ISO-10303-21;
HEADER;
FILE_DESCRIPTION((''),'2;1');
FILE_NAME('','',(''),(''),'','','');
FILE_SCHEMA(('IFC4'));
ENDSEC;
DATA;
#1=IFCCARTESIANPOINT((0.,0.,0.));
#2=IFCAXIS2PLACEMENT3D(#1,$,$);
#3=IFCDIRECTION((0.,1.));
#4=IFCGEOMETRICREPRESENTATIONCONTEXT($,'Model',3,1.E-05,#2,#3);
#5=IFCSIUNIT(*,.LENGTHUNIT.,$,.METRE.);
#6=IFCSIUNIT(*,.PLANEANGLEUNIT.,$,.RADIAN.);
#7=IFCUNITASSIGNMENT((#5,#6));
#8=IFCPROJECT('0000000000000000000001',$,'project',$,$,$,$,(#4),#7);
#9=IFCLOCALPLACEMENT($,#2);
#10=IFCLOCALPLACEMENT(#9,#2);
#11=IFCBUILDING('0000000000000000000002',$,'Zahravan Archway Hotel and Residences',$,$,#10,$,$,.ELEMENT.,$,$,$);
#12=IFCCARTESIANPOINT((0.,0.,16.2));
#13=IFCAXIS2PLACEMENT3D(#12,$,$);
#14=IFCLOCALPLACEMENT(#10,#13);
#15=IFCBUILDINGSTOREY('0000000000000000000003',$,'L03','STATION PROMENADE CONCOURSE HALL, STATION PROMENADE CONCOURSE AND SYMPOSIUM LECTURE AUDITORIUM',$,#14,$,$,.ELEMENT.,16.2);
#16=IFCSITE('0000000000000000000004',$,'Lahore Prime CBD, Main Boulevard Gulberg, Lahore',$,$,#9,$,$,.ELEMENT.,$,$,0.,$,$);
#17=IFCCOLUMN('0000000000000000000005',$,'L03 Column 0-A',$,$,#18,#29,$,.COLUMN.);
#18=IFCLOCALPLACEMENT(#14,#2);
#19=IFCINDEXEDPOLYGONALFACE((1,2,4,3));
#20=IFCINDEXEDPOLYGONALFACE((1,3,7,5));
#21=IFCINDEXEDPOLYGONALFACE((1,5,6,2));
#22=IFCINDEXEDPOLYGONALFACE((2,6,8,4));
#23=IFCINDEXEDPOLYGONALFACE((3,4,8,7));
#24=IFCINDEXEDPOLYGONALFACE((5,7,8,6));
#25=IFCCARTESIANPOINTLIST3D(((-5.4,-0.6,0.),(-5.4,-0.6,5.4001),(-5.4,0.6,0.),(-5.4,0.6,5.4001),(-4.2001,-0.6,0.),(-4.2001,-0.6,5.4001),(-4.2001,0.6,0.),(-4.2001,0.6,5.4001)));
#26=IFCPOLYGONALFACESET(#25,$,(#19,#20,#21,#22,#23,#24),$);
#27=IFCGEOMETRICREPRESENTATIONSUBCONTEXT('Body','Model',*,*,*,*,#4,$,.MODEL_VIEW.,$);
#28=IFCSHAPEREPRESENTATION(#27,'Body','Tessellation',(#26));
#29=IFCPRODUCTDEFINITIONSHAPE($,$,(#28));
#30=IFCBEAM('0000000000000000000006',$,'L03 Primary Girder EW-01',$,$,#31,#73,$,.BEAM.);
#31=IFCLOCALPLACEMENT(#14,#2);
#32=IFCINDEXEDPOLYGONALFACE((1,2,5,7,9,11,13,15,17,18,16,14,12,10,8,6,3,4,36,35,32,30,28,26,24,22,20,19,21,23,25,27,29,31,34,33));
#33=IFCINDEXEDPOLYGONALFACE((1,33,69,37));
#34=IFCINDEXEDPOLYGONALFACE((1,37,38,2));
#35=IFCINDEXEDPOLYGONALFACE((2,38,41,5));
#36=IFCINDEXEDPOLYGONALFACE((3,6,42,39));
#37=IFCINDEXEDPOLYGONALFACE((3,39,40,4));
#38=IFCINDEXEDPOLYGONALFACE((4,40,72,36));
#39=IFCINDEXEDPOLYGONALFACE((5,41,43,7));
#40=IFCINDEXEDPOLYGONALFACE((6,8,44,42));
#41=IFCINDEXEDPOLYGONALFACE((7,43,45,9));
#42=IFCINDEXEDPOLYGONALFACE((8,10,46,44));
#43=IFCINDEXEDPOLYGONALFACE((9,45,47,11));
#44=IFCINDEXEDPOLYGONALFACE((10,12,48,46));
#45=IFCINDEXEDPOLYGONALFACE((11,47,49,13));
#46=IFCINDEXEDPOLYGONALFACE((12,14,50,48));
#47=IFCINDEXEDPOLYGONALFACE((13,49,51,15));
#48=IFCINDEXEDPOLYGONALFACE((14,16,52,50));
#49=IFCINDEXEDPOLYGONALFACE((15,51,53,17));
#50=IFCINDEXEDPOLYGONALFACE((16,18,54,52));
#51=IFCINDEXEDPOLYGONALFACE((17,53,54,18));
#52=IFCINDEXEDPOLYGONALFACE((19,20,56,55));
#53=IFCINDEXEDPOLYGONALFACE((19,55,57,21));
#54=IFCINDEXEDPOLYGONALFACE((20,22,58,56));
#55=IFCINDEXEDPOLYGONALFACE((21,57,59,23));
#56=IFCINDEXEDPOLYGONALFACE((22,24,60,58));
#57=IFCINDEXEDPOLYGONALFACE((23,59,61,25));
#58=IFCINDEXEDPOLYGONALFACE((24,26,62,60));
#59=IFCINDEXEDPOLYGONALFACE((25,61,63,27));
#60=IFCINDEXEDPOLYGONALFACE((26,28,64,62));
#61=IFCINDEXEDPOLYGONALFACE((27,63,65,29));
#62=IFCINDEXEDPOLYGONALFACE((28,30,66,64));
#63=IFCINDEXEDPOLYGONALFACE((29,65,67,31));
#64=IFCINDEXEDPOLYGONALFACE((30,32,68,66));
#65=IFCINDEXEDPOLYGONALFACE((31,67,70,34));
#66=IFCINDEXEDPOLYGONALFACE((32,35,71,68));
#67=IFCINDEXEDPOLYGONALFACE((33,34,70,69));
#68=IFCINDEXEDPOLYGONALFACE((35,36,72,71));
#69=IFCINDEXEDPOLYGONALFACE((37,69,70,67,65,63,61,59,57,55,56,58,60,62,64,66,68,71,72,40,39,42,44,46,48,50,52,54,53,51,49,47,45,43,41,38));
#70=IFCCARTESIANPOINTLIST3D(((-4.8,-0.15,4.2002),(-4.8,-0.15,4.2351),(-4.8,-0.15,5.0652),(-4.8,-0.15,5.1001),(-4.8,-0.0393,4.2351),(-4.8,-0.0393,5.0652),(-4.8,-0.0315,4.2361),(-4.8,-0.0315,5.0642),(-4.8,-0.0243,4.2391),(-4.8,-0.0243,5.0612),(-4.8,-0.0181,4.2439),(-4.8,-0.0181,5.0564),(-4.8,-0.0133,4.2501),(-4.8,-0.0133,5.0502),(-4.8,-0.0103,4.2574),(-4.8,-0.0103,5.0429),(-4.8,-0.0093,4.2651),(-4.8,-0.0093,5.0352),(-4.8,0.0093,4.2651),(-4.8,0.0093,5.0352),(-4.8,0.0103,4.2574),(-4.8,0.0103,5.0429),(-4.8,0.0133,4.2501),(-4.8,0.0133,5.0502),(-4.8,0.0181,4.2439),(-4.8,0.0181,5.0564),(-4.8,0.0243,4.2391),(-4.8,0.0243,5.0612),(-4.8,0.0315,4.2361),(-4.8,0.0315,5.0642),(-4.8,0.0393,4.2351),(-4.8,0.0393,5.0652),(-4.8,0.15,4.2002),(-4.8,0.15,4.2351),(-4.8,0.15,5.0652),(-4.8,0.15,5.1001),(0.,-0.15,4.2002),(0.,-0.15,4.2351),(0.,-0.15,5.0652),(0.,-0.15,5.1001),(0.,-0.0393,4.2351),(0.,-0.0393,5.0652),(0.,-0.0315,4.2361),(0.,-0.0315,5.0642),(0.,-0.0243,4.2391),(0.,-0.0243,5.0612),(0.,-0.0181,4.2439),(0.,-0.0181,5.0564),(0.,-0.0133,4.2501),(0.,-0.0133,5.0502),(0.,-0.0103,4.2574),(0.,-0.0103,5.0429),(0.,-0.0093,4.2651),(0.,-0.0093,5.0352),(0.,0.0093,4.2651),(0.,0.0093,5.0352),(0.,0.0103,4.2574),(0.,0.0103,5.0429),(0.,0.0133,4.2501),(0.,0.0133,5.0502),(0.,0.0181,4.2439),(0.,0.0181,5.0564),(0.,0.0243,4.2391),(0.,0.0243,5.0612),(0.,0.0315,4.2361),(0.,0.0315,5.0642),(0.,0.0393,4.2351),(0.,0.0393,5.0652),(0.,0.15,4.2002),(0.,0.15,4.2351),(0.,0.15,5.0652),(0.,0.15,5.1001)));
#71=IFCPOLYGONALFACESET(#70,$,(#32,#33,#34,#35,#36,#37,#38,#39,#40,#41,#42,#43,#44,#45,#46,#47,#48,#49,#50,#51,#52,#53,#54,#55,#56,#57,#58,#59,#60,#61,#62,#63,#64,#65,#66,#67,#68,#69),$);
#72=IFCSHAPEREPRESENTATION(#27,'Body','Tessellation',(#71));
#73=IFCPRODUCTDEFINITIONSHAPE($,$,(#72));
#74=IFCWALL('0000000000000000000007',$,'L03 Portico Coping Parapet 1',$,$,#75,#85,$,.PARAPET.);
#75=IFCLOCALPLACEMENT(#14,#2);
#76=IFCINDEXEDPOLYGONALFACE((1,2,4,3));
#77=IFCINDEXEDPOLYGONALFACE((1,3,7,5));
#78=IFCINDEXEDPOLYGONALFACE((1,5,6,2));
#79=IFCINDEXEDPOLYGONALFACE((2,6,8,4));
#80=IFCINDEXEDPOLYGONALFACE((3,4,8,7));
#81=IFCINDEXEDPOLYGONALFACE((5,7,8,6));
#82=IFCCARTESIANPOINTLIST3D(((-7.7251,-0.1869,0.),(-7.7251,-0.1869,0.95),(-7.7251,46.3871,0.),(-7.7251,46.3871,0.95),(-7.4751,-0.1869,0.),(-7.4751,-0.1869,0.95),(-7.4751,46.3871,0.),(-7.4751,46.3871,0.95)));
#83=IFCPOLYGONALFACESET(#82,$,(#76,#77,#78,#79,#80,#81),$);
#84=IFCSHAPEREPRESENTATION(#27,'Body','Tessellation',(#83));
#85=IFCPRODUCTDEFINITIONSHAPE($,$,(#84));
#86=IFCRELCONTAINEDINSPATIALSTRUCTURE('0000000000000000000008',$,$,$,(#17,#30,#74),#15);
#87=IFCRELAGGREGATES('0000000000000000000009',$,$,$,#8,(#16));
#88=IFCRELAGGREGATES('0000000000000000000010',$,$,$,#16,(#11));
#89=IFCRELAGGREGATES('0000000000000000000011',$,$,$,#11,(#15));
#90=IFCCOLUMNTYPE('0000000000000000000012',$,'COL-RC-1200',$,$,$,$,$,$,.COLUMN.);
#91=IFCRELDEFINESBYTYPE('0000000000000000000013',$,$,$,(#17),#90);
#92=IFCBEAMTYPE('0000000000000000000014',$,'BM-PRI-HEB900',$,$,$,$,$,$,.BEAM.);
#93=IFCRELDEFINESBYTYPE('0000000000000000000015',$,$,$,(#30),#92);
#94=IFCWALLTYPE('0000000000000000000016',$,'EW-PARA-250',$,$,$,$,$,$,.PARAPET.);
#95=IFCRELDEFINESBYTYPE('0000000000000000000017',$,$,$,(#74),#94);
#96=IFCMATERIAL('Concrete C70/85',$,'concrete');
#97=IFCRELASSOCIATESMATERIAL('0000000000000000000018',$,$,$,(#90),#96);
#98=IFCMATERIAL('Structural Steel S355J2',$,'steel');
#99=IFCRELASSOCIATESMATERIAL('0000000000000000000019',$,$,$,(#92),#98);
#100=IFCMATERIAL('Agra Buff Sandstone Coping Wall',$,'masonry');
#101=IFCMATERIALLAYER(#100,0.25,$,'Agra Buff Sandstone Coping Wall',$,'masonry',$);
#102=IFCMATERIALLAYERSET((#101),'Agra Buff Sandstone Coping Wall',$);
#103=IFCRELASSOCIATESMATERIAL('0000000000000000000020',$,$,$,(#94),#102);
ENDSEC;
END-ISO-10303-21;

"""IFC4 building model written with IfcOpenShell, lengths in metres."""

from ifc_helpers import new_model, si_unit, direction, frame, frame_2d, origin, origin_2d, place, context, subcontext, project, spatial, rectangle, i_section, extrude, source, transform, mapped, material, layer, layer_set, material_profile, profile_set, type_object, type_shapes, element, save


model = new_model("IFC4")

# Units and contexts
model_context = context("Model", 3, precision=1e-05, world=origin(), true_north=direction((0.0, 1.0)))
body_context = subcontext(model_context, "Body", "Model", "MODEL_VIEW")
ifc_project = project(units=[si_unit("LENGTHUNIT", "METRE"), si_unit("PLANEANGLEUNIT", "RADIAN")], contexts=[model_context])

# Site, building, storey
site_placement = place(None, origin())
site = spatial("IfcSite", under=ifc_project, at=site_placement, Name="Lahore Prime CBD, Main Boulevard Gulberg, Lahore", CompositionType="ELEMENT", RefElevation=0.0)
building_placement = place(site_placement, origin())
building = spatial("IfcBuilding", under=site, at=building_placement, Name="Zahravan Archway Hotel and Residences", CompositionType="ELEMENT")
storey_placement = place(building_placement, frame((0.0, 0.0, 16.2)))
storey = spatial("IfcBuildingStorey", under=building, at=storey_placement, Name="L03", Description="STATION PROMENADE CONCOURSE HALL, STATION PROMENADE CONCOURSE AND SYMPOSIUM LECTURE AUDITORIUM", CompositionType="ELEMENT", Elevation=16.2)

# Column
ifc_material_1 = material(Name="Concrete C70/85", Category="concrete")
ifc_material_profile_1 = material_profile(ifc_material_1, rectangle(XDim=1.2, YDim=1.2, at=origin_2d()), Name="RC-COL-1200x1200", Category="concrete")
ifc_profile_set_1 = profile_set([ifc_material_profile_1], Name="Concrete C70/85")
column_type = type_object("IfcColumnType", Name="COL-RC-1200", PredefinedType="COLUMN", material=ifc_profile_set_1)
shared_shape_1 = source(origin(), body_context, "Body", "SweptSolid", [
    extrude(rectangle(XDim=1.2, YDim=1.2, at=origin_2d()), origin(), (0.0, 0.0, 1.0), 5.4001),
])
column_placement = place(storey_placement, frame((-4.8, 0.0, 0.0), z_axis=(0.0, 0.0, 1.0), x_axis=(1.0, 0.0, 0.0)))
element("IfcColumn", 1, at=column_placement, inside=storey, type_object=column_type, Name="L03 Column 0-A", PredefinedType="COLUMN", context=body_context, shape_type="MappedRepresentation", body=[
    mapped(shared_shape_1, transform((0.0, 0.0, 0.0), scale=1.0)),
])

# Beam
ifc_material_2 = material(Name="Structural Steel S355J2", Category="steel")
ifc_material_profile_2 = material_profile(ifc_material_2, i_section(OverallWidth=0.3, OverallDepth=0.8999, WebThickness=0.0186, FlangeThickness=0.0349, FilletRadius=0.03, at=origin_2d()), Name="HEB 900", Category="steel")
ifc_profile_set_2 = profile_set([ifc_material_profile_2], Name="Structural Steel S355J2")
beam_type = type_object("IfcBeamType", Name="BM-PRI-HEB900", PredefinedType="BEAM", material=ifc_profile_set_2)
shared_shape_2 = source(origin(), body_context, "Body", "SweptSolid", [
    extrude(i_section(OverallWidth=0.3, OverallDepth=0.8999, WebThickness=0.0186, FlangeThickness=0.0349, FilletRadius=0.03, at=origin_2d()), origin(), (0.0, 0.0, 1.0), 4.8),
])
type_shapes(beam_type, [shared_shape_2])
beam_placement = place(storey_placement, frame((-4.8, 0.0, 4.6501), z_axis=(1.0, 0.0, 0.0), x_axis=(0.0, 1.0, 0.0)))
element("IfcBeam", 2, at=beam_placement, inside=storey, type_object=beam_type, Name="L03 Primary Girder EW-01", PredefinedType="BEAM", context=body_context, shape_type="MappedRepresentation", body=[
    mapped(shared_shape_2, transform((0.0, 0.0, 0.0), scale=1.0)),
])

# Wall
ifc_material_3 = material(Name="Agra Buff Sandstone Coping Wall", Category="masonry")
ifc_layer = layer(ifc_material_3, 0.25, Name="Agra Buff Sandstone Coping Wall", Category="masonry")
ifc_layer_set = layer_set([ifc_layer], Name="Agra Buff Sandstone Coping Wall")
wall_type = type_object("IfcWallType", Name="EW-PARA-250", PredefinedType="PARAPET", material=ifc_layer_set)
wall_placement = place(storey_placement, frame((-7.6001, -0.187, 0.0), z_axis=(0.0, 0.0, 1.0), x_axis=(0.0, 1.0, 0.0)))
element("IfcWall", 3, at=wall_placement, inside=storey, type_object=wall_type, Name="L03 Portico Coping Parapet 1", PredefinedType="PARAPET", context=body_context, shape_type="SweptSolid", body=[
    extrude(rectangle(XDim=46.574, YDim=0.25, at=frame_2d((23.2871, 0.0))), origin(), (0.0, 0.0, 1.0), 0.95),
])

save(model, "model.ifc")
